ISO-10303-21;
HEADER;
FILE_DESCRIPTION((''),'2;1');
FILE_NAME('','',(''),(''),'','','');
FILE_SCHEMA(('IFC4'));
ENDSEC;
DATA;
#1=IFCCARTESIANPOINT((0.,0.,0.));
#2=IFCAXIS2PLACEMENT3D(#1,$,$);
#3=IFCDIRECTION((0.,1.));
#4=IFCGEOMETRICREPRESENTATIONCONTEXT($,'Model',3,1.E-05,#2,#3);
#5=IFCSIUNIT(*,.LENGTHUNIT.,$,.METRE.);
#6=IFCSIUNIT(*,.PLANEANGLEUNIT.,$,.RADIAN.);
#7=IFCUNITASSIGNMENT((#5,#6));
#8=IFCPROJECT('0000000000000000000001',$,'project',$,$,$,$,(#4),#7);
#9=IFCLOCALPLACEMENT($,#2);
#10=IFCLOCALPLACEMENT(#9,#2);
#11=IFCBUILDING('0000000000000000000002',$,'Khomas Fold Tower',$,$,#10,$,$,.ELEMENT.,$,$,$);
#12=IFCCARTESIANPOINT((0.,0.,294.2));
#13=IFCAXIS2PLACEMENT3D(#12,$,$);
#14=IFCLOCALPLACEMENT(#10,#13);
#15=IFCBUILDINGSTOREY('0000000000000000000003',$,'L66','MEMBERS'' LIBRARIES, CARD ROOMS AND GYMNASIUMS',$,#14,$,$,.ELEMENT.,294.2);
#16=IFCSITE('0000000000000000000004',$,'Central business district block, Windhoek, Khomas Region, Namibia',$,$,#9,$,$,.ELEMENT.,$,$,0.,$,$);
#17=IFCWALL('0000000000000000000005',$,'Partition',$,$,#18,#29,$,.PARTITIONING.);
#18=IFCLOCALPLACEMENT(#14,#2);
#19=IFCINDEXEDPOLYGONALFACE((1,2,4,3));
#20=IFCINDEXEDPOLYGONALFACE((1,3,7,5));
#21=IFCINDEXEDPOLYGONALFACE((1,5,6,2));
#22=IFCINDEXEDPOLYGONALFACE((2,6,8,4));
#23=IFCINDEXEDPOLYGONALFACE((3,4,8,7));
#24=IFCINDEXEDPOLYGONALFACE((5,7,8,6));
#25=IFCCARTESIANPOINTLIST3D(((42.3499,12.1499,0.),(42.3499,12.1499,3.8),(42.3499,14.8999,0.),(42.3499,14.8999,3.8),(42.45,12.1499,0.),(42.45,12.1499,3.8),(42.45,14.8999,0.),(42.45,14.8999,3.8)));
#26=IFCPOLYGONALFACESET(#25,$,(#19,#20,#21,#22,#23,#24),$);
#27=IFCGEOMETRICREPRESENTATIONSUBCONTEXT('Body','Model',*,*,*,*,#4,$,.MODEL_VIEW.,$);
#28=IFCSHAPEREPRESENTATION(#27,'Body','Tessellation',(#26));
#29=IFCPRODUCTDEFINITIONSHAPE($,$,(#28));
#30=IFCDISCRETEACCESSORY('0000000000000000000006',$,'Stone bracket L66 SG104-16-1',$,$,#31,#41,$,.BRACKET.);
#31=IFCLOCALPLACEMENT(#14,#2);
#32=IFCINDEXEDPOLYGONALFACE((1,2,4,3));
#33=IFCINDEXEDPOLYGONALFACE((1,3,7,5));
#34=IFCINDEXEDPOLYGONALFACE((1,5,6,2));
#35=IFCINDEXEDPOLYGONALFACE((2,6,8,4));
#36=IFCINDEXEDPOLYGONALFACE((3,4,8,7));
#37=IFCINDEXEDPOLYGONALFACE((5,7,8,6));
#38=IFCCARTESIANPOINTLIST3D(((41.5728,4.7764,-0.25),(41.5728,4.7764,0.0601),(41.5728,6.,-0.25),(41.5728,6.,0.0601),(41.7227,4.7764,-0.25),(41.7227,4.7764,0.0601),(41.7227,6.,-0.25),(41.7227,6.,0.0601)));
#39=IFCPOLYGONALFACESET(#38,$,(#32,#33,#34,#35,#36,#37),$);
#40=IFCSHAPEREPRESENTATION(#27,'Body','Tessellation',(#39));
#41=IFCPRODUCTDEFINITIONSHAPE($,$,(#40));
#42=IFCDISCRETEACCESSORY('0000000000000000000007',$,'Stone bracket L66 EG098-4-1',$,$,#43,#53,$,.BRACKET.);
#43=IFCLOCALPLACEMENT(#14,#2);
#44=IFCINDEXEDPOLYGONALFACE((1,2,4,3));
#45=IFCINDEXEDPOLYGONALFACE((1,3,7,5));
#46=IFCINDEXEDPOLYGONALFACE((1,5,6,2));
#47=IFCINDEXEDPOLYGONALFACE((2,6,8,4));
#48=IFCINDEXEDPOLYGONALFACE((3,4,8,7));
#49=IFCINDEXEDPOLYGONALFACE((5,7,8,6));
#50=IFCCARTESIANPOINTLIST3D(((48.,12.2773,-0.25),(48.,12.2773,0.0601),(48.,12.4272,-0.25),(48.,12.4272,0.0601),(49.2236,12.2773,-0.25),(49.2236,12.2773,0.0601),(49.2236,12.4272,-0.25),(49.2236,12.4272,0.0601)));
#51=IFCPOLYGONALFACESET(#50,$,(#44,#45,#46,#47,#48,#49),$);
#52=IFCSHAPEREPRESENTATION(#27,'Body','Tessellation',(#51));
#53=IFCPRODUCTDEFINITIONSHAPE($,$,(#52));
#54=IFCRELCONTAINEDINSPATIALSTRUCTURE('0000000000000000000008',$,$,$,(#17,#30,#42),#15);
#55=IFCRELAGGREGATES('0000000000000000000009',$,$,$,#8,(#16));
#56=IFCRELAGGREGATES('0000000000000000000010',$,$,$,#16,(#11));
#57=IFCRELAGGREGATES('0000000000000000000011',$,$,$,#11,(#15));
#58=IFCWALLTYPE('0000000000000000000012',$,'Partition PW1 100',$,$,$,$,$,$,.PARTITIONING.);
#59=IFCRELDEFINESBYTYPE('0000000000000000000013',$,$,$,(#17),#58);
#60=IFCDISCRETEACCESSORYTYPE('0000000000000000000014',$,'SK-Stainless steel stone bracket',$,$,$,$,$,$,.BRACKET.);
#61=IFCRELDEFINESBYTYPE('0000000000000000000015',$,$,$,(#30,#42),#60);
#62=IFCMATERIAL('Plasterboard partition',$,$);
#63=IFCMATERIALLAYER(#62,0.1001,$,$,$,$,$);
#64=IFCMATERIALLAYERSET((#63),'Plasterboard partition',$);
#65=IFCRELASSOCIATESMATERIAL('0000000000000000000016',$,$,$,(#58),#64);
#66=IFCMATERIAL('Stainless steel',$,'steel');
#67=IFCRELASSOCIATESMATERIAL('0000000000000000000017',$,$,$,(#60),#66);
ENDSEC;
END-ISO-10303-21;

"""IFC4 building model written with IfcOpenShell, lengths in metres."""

from ifc_helpers import new_model, si_unit, direction, frame, frame_2d, origin, origin_2d, place, context, subcontext, project, spatial, rectangle, extrude, source, transform, mapped, material, layer, layer_set, type_object, element, save


model = new_model("IFC4")

# Units and contexts
model_context = context("Model", 3, precision=1e-05, world=origin(), true_north=direction((0.0, 1.0)))
body_context = subcontext(model_context, "Body", "Model", "MODEL_VIEW")
ifc_project = project(units=[si_unit("LENGTHUNIT", "METRE"), si_unit("PLANEANGLEUNIT", "RADIAN")], contexts=[model_context])

# Site, building, storey
site_placement = place(None, origin())
site = spatial("IfcSite", under=ifc_project, at=site_placement, Name="Central business district block, Windhoek, Khomas Region, Namibia", CompositionType="ELEMENT", RefElevation=0.0)
building_placement = place(site_placement, origin())
building = spatial("IfcBuilding", under=site, at=building_placement, Name="Khomas Fold Tower", CompositionType="ELEMENT")
storey_placement = place(building_placement, frame((0.0, 0.0, 294.2)))
storey = spatial("IfcBuildingStorey", under=building, at=storey_placement, Name="L66", Description="MEMBERS' LIBRARIES, CARD ROOMS AND GYMNASIUMS", CompositionType="ELEMENT", Elevation=294.2)

# Wall
ifc_material_1 = material(Name="Plasterboard partition")
ifc_layer_1 = layer(ifc_material_1, 0.1001)
ifc_layer_set_1 = layer_set([ifc_layer_1], Name="Plasterboard partition")
wall_type = type_object("IfcWallType", Name="Partition PW1 100", PredefinedType="PARTITIONING", material=ifc_layer_set_1)
shared_shape_1 = source(origin(), body_context, "Body", "SweptSolid", [
    extrude(rectangle(XDim=2.75, YDim=0.1001, at=frame_2d((1.375, 0.0))), origin(), (0.0, 0.0, 1.0), 3.8),
])
wall_placement = place(storey_placement, frame((42.3999, 12.1499, 0.0), z_axis=(0.0, 0.0, 1.0), x_axis=(0.0, 1.0, 0.0)))
element("IfcWall", 1, at=wall_placement, inside=storey, type_object=wall_type, Name="Partition", PredefinedType="PARTITIONING", context=body_context, shape_type="MappedRepresentation", body=[
    mapped(shared_shape_1, transform((0.0, 0.0, 0.0))),
])

# Discrete accessories
ifc_material_2 = material(Name="Stainless steel", Category="steel")
discrete_accessory_type = type_object("IfcDiscreteAccessoryType", Name="SK-Stainless steel stone bracket", PredefinedType="BRACKET", material=ifc_material_2)
shared_shape_2 = source(origin(), body_context, "Body", "SweptSolid", [
    extrude(rectangle(XDim=1.2236, YDim=0.1499, at=origin_2d()), origin(), (0.0, 0.0, 1.0), 0.3101),
])
for number, where, z_axis, x_axis, name in (
    (2, (41.6477, 5.3882, -0.25), (0.0, 0.0, 1.0), (0.0, -1.0, 0.0), "Stone bracket L66 SG104-16-1"),
    (3, (48.6118, 12.3523, -0.25), (0.0, 0.0, 1.0), (1.0, 0.0, 0.0), "Stone bracket L66 EG098-4-1"),
):
    element("IfcDiscreteAccessory", number, at=place(storey_placement, frame(where, z_axis=z_axis, x_axis=x_axis)), inside=storey, type_object=discrete_accessory_type, Name=name, PredefinedType="BRACKET", context=body_context, shape_type="MappedRepresentation", body=[
        mapped(shared_shape_2, transform((0.0, 0.0, 0.0))),
    ])

save(model, "model.ifc")
